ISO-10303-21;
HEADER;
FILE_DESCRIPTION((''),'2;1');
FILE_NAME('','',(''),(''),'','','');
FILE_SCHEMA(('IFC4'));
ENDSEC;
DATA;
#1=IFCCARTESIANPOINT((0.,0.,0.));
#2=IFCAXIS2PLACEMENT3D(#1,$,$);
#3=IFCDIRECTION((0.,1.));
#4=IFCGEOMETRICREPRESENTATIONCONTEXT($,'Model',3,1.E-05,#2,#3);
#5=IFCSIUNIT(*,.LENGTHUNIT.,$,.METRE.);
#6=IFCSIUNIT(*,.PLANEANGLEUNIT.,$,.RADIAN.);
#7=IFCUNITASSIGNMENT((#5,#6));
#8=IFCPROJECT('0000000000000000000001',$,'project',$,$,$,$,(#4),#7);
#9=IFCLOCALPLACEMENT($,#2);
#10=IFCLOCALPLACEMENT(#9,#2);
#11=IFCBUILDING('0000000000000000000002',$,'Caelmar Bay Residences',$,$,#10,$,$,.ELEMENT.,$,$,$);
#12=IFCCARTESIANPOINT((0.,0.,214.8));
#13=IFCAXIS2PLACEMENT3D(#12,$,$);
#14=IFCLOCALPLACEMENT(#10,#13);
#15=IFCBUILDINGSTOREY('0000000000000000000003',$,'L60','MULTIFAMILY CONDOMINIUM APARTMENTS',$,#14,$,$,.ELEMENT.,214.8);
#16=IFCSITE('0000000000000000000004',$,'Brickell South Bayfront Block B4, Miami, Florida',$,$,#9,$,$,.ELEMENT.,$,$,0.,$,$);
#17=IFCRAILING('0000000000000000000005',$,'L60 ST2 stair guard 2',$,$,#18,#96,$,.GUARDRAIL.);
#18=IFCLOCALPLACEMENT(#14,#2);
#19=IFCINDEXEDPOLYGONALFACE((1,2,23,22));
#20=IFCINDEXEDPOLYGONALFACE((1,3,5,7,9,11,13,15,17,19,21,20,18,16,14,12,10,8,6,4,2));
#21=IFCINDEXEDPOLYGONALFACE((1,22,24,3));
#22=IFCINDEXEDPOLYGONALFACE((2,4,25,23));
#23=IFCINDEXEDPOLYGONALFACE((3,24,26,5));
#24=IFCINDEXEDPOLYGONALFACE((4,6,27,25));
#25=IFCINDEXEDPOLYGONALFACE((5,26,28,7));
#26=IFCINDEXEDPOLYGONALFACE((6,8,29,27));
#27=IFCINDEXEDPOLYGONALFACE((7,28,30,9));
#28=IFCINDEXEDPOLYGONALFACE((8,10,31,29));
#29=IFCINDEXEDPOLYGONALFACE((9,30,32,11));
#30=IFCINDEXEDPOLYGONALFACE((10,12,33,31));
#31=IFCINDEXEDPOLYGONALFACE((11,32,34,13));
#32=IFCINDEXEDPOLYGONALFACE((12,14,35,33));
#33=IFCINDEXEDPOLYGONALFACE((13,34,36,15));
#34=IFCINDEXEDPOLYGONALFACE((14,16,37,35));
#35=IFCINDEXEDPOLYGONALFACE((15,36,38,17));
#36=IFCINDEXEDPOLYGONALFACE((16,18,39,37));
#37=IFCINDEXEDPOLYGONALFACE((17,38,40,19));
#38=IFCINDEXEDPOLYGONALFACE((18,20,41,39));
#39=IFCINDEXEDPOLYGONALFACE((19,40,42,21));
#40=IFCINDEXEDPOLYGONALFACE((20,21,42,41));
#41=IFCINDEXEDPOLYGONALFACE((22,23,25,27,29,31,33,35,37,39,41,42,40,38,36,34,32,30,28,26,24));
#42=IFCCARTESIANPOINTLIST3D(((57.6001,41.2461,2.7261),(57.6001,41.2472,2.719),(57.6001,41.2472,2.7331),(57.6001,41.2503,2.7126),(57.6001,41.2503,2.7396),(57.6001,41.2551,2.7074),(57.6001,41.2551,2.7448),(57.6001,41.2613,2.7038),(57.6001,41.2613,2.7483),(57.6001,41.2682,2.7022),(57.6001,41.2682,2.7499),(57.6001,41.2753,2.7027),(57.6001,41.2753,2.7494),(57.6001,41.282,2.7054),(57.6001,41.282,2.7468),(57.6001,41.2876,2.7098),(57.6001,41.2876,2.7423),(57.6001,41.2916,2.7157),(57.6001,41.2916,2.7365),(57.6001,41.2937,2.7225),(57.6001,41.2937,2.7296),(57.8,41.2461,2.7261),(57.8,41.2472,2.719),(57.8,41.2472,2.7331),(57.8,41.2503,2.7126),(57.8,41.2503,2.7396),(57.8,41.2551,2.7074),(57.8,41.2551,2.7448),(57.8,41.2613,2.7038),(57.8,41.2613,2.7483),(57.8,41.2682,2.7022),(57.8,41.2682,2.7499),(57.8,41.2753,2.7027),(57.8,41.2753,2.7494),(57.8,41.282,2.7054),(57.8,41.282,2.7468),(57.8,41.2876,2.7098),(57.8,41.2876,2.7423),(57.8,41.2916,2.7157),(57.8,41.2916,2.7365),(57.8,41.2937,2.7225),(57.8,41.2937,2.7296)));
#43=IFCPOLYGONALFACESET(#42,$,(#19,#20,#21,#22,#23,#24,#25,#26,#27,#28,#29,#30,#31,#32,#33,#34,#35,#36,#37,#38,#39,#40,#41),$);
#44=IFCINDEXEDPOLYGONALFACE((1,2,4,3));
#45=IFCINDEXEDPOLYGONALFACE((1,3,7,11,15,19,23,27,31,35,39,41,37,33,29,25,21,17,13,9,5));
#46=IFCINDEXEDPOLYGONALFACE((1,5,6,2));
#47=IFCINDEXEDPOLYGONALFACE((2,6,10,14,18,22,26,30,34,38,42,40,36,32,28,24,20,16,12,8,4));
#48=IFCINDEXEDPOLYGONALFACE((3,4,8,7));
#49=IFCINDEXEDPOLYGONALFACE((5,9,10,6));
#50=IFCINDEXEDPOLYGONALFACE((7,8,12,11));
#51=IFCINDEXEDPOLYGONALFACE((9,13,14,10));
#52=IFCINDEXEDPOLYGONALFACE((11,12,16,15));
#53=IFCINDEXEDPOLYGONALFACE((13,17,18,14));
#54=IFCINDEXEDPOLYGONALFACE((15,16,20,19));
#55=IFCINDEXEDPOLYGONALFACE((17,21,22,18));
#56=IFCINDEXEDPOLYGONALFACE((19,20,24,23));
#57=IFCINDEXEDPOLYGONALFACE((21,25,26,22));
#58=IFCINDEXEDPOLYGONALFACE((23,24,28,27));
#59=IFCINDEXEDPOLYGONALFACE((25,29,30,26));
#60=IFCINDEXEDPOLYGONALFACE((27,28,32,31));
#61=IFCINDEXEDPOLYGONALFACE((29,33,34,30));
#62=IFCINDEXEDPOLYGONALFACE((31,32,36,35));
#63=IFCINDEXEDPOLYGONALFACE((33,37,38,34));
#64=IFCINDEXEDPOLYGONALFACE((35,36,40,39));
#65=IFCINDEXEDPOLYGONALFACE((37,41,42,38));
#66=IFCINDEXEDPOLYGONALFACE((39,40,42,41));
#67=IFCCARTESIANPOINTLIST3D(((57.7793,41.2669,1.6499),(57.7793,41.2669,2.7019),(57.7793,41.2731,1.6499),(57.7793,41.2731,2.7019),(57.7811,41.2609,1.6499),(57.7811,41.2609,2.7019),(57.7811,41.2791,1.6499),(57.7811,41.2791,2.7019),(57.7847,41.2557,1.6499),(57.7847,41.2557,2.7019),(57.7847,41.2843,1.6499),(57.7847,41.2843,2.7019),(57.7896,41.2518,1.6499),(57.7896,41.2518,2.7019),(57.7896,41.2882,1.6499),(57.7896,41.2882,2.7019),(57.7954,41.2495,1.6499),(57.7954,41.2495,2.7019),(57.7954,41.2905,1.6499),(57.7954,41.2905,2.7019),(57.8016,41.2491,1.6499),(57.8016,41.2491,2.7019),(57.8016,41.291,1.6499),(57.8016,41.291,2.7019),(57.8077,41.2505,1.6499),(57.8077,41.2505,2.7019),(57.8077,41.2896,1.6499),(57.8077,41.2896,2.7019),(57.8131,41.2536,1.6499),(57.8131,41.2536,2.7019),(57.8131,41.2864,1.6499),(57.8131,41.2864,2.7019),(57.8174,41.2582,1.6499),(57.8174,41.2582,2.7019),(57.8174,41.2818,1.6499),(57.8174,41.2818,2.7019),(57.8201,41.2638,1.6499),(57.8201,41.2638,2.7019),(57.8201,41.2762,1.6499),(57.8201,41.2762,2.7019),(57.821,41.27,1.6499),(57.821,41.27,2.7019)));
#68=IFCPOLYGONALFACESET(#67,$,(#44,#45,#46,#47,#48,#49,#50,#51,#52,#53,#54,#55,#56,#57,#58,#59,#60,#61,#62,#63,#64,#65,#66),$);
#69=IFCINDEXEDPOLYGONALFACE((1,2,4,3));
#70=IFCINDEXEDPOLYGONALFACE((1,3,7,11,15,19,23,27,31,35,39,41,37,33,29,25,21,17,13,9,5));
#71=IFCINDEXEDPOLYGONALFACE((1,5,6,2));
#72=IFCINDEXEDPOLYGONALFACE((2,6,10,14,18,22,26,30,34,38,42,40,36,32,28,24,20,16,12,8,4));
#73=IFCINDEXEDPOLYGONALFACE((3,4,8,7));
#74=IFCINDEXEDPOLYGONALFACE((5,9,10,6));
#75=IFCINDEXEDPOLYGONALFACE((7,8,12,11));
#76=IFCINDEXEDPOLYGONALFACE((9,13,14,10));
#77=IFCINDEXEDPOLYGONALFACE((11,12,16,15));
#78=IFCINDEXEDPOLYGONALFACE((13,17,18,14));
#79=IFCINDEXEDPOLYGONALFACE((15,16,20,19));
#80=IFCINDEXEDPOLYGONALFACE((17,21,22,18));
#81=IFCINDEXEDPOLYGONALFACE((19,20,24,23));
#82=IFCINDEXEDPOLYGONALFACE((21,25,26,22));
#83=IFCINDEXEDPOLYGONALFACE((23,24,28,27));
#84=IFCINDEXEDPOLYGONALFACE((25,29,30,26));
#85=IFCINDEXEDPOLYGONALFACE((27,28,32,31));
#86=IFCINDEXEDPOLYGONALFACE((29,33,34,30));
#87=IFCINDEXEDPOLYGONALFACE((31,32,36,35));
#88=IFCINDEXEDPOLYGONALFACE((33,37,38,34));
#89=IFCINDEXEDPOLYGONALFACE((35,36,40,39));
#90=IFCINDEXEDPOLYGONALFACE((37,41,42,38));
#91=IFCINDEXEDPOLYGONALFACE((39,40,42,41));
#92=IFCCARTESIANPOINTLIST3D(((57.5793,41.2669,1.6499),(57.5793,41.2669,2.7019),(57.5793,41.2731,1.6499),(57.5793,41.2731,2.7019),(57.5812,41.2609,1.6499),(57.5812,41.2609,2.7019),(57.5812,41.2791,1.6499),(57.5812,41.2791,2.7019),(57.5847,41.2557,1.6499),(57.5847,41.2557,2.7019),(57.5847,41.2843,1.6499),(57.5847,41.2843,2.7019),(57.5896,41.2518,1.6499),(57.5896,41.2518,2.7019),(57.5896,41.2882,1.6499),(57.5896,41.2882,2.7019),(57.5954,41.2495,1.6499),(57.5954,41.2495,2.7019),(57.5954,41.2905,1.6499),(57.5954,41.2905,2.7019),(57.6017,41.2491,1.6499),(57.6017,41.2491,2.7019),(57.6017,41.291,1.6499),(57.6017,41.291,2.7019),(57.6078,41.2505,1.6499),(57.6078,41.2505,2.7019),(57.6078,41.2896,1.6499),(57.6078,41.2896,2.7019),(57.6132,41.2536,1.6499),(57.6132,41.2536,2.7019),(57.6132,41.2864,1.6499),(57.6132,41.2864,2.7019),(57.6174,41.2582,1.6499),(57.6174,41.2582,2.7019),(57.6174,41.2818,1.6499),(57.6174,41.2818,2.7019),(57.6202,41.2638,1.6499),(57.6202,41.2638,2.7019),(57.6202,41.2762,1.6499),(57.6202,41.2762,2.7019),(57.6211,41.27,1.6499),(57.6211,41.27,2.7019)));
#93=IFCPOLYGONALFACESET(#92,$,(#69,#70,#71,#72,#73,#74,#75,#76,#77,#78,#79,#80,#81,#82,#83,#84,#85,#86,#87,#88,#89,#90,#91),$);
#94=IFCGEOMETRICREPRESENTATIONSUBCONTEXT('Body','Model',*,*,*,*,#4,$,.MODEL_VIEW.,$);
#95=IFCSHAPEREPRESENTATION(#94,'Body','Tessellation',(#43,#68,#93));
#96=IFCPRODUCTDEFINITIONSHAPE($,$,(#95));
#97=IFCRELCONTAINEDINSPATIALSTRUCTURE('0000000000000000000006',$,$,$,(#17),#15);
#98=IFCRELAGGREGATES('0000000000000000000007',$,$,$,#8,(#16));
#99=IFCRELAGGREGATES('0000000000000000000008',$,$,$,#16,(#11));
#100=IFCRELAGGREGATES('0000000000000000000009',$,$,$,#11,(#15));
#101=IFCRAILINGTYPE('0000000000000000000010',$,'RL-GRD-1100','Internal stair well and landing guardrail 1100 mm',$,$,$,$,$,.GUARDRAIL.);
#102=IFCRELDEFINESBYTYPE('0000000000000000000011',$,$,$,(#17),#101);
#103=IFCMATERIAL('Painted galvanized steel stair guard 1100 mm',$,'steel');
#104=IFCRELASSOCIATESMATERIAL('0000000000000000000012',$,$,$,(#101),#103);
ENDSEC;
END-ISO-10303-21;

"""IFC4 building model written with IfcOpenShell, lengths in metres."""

from ifc_helpers import new_model, si_unit, direction, frame, origin, origin_2d, place, context, subcontext, project, spatial, circle, extrude, material, type_object, element, save


model = new_model("IFC4")

# Units and contexts
model_context = context("Model", 3, precision=1e-05, world=origin(), true_north=direction((0.0, 1.0)))
body_context = subcontext(model_context, "Body", "Model", "MODEL_VIEW")
ifc_project = project(units=[si_unit("LENGTHUNIT", "METRE"), si_unit("PLANEANGLEUNIT", "RADIAN")], contexts=[model_context])

# Site, building, storey
site_placement = place(None, origin())
site = spatial("IfcSite", under=ifc_project, at=site_placement, Name="Brickell South Bayfront Block B4, Miami, Florida", CompositionType="ELEMENT", RefElevation=0.0)
building_placement = place(site_placement, origin())
building = spatial("IfcBuilding", under=site, at=building_placement, Name="Caelmar Bay Residences", CompositionType="ELEMENT")
storey_placement = place(building_placement, frame((0.0, 0.0, 214.8)))
storey = spatial("IfcBuildingStorey", under=building, at=storey_placement, Name="L60", Description="MULTIFAMILY CONDOMINIUM APARTMENTS", CompositionType="ELEMENT", Elevation=214.8)

# Railing
ifc_material_1 = material(Name="Painted galvanized steel stair guard 1100 mm", Category="steel")
railing_type_1 = type_object("IfcRailingType", Name="RL-GRD-1100", Description="Internal stair well and landing guardrail 1100 mm", PredefinedType="GUARDRAIL", material=ifc_material_1)
railing_1_placement = place(storey_placement, frame((57.8, 41.27, 1.6499)))
element("IfcRailing", 1, at=railing_1_placement, inside=storey, type_object=railing_type_1, Name="L60 ST2 stair guard 2", PredefinedType="GUARDRAIL", context=body_context, shape_type="SweptSolid", body=[
    extrude(circle(Radius=0.0239, at=origin_2d()), frame((0.0, 0.0, 1.0762), z_axis=(-1.0, 0.0, 0.0), x_axis=(0.0, -1.0, 0.0)), (0.0, 0.0, 1.0), 0.2),
    extrude(circle(Radius=0.021, at=origin_2d()), origin(), (0.0, 0.0, 1.0), 1.052),
    extrude(circle(Radius=0.021, at=origin_2d()), frame((-0.2, 0.0, 0.0)), (0.0, 0.0, 1.0), 1.052),
])

save(model, "model.ifc")
